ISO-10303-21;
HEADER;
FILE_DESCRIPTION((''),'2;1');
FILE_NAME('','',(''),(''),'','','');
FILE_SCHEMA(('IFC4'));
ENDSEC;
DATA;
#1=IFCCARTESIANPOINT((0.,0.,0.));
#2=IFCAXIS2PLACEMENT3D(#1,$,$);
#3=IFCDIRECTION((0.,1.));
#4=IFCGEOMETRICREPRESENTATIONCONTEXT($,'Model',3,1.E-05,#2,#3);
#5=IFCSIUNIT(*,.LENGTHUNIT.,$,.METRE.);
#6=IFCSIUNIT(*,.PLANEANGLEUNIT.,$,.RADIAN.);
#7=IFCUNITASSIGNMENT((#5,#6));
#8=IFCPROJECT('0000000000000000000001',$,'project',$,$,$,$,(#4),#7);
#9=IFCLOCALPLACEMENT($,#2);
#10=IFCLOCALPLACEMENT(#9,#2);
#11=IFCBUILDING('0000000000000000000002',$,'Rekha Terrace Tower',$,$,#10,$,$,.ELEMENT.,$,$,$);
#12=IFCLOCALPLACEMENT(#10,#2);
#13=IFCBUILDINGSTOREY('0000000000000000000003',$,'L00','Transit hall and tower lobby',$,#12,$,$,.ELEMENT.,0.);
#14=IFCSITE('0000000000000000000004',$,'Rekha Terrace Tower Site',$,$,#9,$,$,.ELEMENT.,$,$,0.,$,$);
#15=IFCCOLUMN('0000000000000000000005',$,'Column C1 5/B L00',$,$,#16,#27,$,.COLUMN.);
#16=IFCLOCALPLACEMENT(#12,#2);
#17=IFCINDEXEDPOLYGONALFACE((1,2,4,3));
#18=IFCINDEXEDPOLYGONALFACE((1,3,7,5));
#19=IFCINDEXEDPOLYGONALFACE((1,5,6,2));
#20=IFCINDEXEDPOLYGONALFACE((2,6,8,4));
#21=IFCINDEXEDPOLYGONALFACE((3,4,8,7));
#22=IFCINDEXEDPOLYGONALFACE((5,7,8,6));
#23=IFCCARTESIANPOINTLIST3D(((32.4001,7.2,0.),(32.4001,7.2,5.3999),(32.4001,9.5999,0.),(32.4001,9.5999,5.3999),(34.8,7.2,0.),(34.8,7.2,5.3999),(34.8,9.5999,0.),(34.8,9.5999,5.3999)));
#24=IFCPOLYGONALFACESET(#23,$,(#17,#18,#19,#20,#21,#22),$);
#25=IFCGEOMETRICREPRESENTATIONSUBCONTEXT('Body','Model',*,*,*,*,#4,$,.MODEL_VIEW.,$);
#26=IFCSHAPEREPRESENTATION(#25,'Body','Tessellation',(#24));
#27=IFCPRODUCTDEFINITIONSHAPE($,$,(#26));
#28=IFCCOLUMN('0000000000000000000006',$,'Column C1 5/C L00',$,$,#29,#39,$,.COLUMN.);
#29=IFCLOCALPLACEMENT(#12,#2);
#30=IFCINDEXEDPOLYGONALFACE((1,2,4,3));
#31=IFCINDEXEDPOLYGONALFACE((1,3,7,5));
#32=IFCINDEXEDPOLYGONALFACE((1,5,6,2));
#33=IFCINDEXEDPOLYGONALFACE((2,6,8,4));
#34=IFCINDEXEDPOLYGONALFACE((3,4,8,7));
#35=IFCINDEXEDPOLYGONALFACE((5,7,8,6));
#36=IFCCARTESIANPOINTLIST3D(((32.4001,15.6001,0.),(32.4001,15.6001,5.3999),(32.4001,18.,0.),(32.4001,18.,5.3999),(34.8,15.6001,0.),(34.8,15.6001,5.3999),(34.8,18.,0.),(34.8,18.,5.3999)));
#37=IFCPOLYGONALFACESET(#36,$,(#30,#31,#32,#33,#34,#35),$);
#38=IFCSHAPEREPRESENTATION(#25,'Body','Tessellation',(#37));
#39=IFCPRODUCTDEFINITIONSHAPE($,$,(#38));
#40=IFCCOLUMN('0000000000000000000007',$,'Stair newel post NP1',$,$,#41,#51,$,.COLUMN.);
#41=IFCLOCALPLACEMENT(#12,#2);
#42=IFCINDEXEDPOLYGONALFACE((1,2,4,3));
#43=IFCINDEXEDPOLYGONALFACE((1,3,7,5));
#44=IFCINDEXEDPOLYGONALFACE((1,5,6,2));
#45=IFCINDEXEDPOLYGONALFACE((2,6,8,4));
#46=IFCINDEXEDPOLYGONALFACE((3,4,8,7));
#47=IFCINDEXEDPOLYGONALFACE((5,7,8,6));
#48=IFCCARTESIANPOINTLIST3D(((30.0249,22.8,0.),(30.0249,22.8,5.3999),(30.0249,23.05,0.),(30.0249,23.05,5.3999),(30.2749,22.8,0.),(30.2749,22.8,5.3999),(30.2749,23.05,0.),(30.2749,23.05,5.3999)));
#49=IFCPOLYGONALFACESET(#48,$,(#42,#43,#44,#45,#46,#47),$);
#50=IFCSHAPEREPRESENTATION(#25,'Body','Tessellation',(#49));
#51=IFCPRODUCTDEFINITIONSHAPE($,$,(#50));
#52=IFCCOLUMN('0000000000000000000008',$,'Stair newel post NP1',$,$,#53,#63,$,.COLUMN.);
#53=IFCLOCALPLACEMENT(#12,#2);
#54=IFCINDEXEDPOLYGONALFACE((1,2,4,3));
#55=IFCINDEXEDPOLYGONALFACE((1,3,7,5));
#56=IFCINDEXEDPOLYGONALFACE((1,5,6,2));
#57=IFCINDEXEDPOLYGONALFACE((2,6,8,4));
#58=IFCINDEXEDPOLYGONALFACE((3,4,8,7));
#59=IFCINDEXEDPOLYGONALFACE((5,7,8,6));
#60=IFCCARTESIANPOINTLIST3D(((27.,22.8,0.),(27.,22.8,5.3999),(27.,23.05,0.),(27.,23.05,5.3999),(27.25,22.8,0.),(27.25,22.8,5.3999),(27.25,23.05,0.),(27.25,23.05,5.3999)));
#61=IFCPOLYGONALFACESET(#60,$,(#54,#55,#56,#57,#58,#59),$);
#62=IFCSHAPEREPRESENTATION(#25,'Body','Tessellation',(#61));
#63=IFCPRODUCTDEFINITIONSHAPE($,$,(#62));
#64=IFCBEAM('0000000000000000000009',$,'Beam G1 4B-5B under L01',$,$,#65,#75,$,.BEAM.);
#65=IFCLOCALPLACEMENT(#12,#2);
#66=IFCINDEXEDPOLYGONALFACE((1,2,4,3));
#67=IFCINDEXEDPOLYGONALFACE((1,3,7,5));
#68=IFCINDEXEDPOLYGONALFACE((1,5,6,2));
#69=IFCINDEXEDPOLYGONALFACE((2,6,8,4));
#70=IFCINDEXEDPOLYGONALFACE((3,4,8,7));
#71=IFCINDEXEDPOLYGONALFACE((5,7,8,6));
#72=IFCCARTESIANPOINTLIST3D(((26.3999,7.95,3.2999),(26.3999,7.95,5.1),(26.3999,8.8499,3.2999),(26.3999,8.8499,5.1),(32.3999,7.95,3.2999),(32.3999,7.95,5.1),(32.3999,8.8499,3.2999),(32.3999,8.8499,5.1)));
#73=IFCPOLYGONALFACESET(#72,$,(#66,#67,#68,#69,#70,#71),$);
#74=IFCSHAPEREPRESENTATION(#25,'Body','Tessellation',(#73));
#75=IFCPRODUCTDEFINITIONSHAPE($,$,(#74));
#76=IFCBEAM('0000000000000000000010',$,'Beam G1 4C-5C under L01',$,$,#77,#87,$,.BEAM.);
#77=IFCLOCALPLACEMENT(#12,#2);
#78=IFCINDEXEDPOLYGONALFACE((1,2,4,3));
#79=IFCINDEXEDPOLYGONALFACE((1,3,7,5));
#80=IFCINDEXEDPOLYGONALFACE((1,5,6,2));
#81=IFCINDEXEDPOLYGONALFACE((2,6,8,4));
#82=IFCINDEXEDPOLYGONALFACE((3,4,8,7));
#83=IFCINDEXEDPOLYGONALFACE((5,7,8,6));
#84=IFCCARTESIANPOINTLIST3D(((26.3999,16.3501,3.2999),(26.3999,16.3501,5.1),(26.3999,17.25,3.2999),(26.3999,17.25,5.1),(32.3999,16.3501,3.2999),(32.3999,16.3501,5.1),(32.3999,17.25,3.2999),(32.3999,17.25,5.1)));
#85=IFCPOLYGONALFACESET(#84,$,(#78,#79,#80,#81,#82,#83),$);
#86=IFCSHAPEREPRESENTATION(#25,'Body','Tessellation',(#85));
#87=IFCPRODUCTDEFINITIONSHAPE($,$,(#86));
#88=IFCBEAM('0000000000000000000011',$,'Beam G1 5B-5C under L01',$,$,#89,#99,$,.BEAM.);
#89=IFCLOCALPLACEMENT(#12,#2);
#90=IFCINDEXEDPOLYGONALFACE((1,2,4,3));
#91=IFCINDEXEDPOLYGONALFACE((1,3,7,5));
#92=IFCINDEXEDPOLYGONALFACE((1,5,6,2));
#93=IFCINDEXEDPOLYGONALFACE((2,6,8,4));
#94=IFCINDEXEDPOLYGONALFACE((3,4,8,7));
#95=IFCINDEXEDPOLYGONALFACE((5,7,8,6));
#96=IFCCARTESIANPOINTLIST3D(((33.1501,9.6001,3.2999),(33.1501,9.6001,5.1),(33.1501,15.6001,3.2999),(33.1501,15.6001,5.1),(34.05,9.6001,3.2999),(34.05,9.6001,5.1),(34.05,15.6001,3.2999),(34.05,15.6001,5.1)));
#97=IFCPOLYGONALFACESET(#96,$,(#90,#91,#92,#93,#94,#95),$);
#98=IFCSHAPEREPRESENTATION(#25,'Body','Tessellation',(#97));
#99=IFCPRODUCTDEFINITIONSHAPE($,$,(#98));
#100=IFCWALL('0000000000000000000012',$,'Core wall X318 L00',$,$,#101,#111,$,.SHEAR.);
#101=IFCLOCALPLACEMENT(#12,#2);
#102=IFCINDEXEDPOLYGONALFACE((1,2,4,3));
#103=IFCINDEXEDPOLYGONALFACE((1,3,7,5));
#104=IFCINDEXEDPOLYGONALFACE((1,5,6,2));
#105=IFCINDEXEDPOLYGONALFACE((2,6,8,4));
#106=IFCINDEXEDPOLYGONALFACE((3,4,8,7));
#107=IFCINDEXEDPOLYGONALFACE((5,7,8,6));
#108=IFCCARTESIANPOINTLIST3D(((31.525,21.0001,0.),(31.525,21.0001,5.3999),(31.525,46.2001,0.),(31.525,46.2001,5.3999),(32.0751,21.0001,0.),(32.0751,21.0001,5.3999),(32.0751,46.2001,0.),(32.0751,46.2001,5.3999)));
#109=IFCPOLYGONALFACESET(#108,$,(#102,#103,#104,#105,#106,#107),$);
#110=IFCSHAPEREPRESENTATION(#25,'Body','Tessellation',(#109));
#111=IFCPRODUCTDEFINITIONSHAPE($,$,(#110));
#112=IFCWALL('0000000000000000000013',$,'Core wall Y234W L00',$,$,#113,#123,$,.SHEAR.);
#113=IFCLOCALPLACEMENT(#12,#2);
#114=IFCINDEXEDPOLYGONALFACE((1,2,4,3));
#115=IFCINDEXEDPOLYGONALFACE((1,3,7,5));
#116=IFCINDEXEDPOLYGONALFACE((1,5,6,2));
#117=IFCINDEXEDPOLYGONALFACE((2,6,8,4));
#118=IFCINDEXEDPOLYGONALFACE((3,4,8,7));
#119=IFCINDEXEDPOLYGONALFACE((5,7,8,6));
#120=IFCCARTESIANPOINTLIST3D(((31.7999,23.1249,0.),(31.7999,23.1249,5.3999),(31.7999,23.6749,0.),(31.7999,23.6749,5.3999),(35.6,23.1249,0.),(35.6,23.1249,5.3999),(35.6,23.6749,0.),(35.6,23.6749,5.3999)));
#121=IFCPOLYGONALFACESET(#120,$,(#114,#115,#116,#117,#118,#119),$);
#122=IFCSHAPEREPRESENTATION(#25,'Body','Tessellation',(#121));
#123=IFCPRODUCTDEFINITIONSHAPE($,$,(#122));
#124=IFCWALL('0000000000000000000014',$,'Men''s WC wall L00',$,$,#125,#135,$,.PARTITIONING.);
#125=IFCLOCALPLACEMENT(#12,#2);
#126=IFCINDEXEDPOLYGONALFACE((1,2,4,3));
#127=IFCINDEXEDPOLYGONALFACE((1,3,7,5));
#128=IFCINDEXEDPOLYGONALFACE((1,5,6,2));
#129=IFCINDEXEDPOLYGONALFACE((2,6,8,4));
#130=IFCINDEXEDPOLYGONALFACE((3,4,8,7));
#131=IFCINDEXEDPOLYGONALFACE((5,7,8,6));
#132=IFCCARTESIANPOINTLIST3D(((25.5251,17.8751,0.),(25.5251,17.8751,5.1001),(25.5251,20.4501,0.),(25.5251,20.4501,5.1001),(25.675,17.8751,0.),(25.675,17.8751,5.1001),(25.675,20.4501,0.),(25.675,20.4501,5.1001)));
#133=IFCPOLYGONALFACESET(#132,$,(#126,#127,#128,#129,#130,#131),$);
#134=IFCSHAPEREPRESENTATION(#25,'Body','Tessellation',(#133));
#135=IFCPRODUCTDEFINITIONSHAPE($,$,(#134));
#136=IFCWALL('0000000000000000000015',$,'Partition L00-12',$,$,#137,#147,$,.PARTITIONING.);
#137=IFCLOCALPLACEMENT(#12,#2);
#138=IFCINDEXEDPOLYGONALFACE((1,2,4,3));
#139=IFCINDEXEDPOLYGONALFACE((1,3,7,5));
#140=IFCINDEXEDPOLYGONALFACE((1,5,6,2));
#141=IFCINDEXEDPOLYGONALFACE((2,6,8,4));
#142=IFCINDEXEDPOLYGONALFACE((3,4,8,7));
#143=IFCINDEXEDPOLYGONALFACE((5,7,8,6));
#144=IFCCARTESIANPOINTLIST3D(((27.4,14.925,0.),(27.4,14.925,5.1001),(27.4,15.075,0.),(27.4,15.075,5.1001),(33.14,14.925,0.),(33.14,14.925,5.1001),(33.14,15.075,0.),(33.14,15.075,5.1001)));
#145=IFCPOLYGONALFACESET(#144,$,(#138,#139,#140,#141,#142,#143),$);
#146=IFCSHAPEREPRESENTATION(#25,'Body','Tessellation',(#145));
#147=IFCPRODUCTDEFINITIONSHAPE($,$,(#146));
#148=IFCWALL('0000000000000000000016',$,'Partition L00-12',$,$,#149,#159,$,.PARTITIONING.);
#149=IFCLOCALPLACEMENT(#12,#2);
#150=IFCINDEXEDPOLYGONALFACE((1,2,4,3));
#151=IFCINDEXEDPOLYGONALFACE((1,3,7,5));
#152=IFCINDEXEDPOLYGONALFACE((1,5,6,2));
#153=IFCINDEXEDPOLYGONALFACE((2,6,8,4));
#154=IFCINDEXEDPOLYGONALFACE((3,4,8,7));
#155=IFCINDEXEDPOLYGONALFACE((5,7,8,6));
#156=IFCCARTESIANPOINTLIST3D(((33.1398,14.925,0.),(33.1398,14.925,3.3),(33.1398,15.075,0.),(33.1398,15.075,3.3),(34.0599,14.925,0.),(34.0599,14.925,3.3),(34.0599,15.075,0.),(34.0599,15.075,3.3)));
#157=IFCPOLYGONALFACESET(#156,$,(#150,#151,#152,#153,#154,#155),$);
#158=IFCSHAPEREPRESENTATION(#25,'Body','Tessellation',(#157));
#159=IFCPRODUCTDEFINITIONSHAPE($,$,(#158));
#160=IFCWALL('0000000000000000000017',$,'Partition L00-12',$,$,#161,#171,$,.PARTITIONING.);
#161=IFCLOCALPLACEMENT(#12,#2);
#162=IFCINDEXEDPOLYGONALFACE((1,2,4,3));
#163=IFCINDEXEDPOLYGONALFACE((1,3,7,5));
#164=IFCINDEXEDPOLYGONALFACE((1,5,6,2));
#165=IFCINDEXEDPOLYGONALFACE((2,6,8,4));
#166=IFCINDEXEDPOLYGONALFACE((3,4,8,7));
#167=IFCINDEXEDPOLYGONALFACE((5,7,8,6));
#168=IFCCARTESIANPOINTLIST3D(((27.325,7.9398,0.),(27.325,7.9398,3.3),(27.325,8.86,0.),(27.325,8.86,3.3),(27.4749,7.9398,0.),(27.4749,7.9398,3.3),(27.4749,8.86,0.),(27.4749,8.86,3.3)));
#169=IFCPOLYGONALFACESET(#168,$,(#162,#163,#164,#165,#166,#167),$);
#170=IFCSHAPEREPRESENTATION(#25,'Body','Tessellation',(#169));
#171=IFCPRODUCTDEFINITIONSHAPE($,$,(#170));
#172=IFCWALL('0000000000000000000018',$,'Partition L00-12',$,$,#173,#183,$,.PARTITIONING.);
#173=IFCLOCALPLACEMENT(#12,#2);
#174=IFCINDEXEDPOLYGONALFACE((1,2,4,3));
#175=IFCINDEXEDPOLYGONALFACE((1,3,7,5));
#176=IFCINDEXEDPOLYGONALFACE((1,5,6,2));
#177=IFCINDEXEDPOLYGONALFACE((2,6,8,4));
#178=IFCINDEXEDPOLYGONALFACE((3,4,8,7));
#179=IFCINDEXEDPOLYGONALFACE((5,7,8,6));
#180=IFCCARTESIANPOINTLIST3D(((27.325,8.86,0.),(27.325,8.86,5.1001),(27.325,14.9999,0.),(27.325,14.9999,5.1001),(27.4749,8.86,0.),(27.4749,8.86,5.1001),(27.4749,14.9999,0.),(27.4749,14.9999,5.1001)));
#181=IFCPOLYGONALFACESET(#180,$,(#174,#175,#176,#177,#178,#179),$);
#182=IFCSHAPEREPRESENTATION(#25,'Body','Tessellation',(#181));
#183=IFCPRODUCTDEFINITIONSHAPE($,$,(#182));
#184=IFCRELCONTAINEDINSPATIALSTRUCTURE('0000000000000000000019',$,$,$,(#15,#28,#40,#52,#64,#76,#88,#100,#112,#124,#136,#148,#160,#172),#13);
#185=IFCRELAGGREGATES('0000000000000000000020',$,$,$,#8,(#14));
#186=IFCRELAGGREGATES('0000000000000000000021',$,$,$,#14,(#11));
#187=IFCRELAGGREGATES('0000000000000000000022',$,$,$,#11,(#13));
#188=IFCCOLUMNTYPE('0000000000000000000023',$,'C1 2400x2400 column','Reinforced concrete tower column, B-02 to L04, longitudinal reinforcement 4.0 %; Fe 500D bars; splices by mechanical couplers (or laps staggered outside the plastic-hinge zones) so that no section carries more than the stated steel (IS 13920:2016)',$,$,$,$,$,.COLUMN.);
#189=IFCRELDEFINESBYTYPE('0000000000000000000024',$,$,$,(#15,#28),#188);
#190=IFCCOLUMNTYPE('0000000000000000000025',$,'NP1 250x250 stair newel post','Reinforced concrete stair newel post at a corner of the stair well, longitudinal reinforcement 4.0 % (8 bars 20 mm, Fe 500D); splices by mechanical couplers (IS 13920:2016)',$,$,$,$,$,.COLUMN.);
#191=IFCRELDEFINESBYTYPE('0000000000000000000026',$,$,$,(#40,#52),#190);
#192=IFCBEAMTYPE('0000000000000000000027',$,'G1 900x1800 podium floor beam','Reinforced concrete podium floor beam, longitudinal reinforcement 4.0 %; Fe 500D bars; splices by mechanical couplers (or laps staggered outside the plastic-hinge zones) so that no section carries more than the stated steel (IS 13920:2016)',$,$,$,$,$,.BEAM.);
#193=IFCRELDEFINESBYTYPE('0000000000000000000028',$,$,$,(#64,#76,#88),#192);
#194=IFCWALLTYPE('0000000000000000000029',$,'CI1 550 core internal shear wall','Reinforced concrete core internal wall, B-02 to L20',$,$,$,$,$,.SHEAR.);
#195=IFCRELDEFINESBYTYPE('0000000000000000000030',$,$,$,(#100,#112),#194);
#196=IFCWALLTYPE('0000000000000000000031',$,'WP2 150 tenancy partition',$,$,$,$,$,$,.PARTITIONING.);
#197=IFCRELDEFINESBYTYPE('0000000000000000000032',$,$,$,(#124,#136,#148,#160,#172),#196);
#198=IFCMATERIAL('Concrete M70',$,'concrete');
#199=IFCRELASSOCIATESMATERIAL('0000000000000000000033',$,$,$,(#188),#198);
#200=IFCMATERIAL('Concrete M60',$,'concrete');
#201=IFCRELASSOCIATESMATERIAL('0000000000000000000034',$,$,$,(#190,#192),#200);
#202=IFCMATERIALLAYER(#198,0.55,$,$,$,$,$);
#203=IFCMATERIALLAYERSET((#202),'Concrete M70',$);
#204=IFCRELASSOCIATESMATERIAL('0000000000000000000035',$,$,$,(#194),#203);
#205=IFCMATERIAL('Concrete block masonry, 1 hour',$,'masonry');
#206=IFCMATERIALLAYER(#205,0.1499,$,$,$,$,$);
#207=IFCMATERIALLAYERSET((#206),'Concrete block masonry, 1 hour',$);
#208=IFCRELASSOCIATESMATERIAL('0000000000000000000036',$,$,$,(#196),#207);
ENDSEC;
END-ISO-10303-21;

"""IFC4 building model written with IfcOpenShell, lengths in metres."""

from ifc_helpers import new_model, si_unit, direction, frame, frame_2d, origin, origin_2d, place, context, subcontext, project, spatial, rectangle, extrude, material, layer, layer_set, material_profile, profile_set, type_object, element, save


model = new_model("IFC4")

# Units and contexts
model_context = context("Model", 3, precision=1e-05, world=origin(), true_north=direction((0.0, 1.0)))
body_context = subcontext(model_context, "Body", "Model", "MODEL_VIEW")
ifc_project = project(units=[si_unit("LENGTHUNIT", "METRE"), si_unit("PLANEANGLEUNIT", "RADIAN")], contexts=[model_context])

# Site, building, storey
site_placement = place(None, origin())
site = spatial("IfcSite", under=ifc_project, at=site_placement, Name="Rekha Terrace Tower Site", CompositionType="ELEMENT", RefElevation=0.0)
building_placement = place(site_placement, origin())
building = spatial("IfcBuilding", under=site, at=building_placement, Name="Rekha Terrace Tower", CompositionType="ELEMENT")
storey_placement = place(building_placement, origin())
storey = spatial("IfcBuildingStorey", under=building, at=storey_placement, Name="L00", Description="Transit hall and tower lobby", CompositionType="ELEMENT", Elevation=0.0)

# Columns
ifc_material_1 = material(Name="Concrete M70", Category="concrete")
ifc_material_profile_1 = material_profile(ifc_material_1, rectangle(XDim=2.3999, YDim=2.3999, at=origin_2d()), Name="RC 2400x2400")
ifc_profile_set_1 = profile_set([ifc_material_profile_1], Name="Concrete M70")
column_type_1 = type_object("IfcColumnType", Name="C1 2400x2400 column", Description="Reinforced concrete tower column, B-02 to L04, longitudinal reinforcement 4.0 %; Fe 500D bars; splices by mechanical couplers (or laps staggered outside the plastic-hinge zones) so that no section carries more than the stated steel (IS 13920:2016)", PredefinedType="COLUMN", material=ifc_profile_set_1)
for number, where, z_axis, x_axis, name in (
    (1, (33.6001, 8.3999, 0.0), (0.0, 0.0, 1.0), (1.0, 0.0, 0.0), "Column C1 5/B L00"),
    (2, (33.6001, 16.8, 0.0), (0.0, 0.0, 1.0), (1.0, 0.0, 0.0), "Column C1 5/C L00"),
):
    element("IfcColumn", number, at=place(storey_placement, frame(where, z_axis=z_axis, x_axis=x_axis)), inside=storey, type_object=column_type_1, Name=name, PredefinedType="COLUMN", context=body_context, shape_type="SweptSolid", body=[
        extrude(rectangle(XDim=2.3999, YDim=2.3999, at=origin_2d()), origin(), (0.0, 0.0, 1.0), 5.3999),
    ])
ifc_material_2 = material(Name="Concrete M60", Category="concrete")
ifc_material_profile_2 = material_profile(ifc_material_2, rectangle(XDim=0.25, YDim=0.25, at=origin_2d()), Name="RC 250x250")
ifc_profile_set_2 = profile_set([ifc_material_profile_2], Name="Concrete M60")
column_type_2 = type_object("IfcColumnType", Name="NP1 250x250 stair newel post", Description="Reinforced concrete stair newel post at a corner of the stair well, longitudinal reinforcement 4.0 % (8 bars 20 mm, Fe 500D); splices by mechanical couplers (IS 13920:2016)", PredefinedType="COLUMN", material=ifc_profile_set_2)
for number, where, z_axis, x_axis, name in (
    (3, (30.1499, 22.925, 0.0), (0.0, 0.0, 1.0), (1.0, 0.0, 0.0), "Stair newel post NP1"),
    (4, (27.125, 22.925, 0.0), (0.0, 0.0, 1.0), (1.0, 0.0, 0.0), "Stair newel post NP1"),
):
    element("IfcColumn", number, at=place(storey_placement, frame(where, z_axis=z_axis, x_axis=x_axis)), inside=storey, type_object=column_type_2, Name=name, PredefinedType="COLUMN", context=body_context, shape_type="SweptSolid", body=[
        extrude(rectangle(XDim=0.25, YDim=0.25, at=origin_2d()), origin(), (0.0, 0.0, 1.0), 5.3999),
    ])

# Beams
ifc_material_profile_3 = material_profile(ifc_material_2, rectangle(XDim=0.8999, YDim=1.8, at=origin_2d()), Name="RC 900x1800")
ifc_profile_set_3 = profile_set([ifc_material_profile_3], Name="Concrete M60")
beam_type = type_object("IfcBeamType", Name="G1 900x1800 podium floor beam", Description="Reinforced concrete podium floor beam, longitudinal reinforcement 4.0 %; Fe 500D bars; splices by mechanical couplers (or laps staggered outside the plastic-hinge zones) so that no section carries more than the stated steel (IS 13920:2016)", PredefinedType="BEAM", material=ifc_profile_set_3)
for number, where, z_axis, x_axis, name in (
    (5, (26.3999, 8.3999, 4.2), (1.0, 0.0, 0.0), (0.0, 1.0, 0.0), "Beam G1 4B-5B under L01"),
    (6, (26.3999, 16.8, 4.2), (1.0, 0.0, 0.0), (0.0, 1.0, 0.0), "Beam G1 4C-5C under L01"),
    (7, (33.6001, 9.6001, 4.2), (0.0, 1.0, 0.0), (-1.0, 0.0, 0.0), "Beam G1 5B-5C under L01"),
):
    element("IfcBeam", number, at=place(storey_placement, frame(where, z_axis=z_axis, x_axis=x_axis)), inside=storey, type_object=beam_type, Name=name, PredefinedType="BEAM", context=body_context, shape_type="SweptSolid", body=[
        extrude(rectangle(XDim=0.8999, YDim=1.8, at=origin_2d()), origin(), (0.0, 0.0, 1.0), 6.0),
    ])

# Walls
ifc_layer_1 = layer(ifc_material_1, 0.55)
ifc_layer_set_1 = layer_set([ifc_layer_1], Name="Concrete M70")
wall_type_1 = type_object("IfcWallType", Name="CI1 550 core internal shear wall", Description="Reinforced concrete core internal wall, B-02 to L20", PredefinedType="SHEAR", material=ifc_layer_set_1)
wall_1_placement = place(storey_placement, frame((31.8, 21.0, 0.0), z_axis=(0.0, 0.0, 1.0), x_axis=(0.0, 1.0, 0.0)))
element("IfcWall", 8, at=wall_1_placement, inside=storey, type_object=wall_type_1, Name="Core wall X318 L00", PredefinedType="SHEAR", context=body_context, shape_type="SweptSolid", body=[
    extrude(rectangle(XDim=25.2, YDim=0.55, at=frame_2d((12.6001, 0.0))), origin(), (0.0, 0.0, 1.0), 5.3999),
])
wall_2_placement = place(storey_placement, frame((31.8, 23.3999, 0.0), z_axis=(0.0, 0.0, 1.0), x_axis=(1.0, 0.0, 0.0)))
element("IfcWall", 9, at=wall_2_placement, inside=storey, type_object=wall_type_1, Name="Core wall Y234W L00", PredefinedType="SHEAR", context=body_context, shape_type="SweptSolid", body=[
    extrude(rectangle(XDim=3.8, YDim=0.55, at=frame_2d((1.8999, 0.0))), origin(), (0.0, 0.0, 1.0), 5.3999),
])
ifc_material_3 = material(Name="Concrete block masonry, 1 hour", Category="masonry")
ifc_layer_2 = layer(ifc_material_3, 0.1499)
ifc_layer_set_2 = layer_set([ifc_layer_2], Name="Concrete block masonry, 1 hour")
wall_type_2 = type_object("IfcWallType", Name="WP2 150 tenancy partition", PredefinedType="PARTITIONING", material=ifc_layer_set_2)
wall_3_placement = place(storey_placement, frame((25.6001, 17.875, 0.0), z_axis=(0.0, 0.0, 1.0), x_axis=(0.0, 1.0, 0.0)))
element("IfcWall", 10, at=wall_3_placement, inside=storey, type_object=wall_type_2, Name="Men's WC wall L00", PredefinedType="PARTITIONING", context=body_context, shape_type="SweptSolid", body=[
    extrude(rectangle(XDim=2.575, YDim=0.1499, at=frame_2d((1.2876, 0.0))), origin(), (0.0, 0.0, 1.0), 5.1001),
])
wall_4_placement = place(storey_placement, frame((27.3999, 15.0, 0.0), z_axis=(0.0, 0.0, 1.0), x_axis=(1.0, 0.0, 0.0)))
element("IfcWall", 11, at=wall_4_placement, inside=storey, type_object=wall_type_2, Name="Partition L00-12", PredefinedType="PARTITIONING", context=body_context, shape_type="SweptSolid", body=[
    extrude(rectangle(XDim=5.74, YDim=0.1499, at=frame_2d((2.8701, 0.0))), origin(), (0.0, 0.0, 1.0), 5.1001),
])
for number, where, z_axis, x_axis, name in (
    (12, (33.1399, 15.0, 0.0), (0.0, 0.0, 1.0), (1.0, 0.0, 0.0), "Partition L00-12"),
    (13, (27.3999, 7.9399, 0.0), (0.0, 0.0, 1.0), (0.0, 1.0, 0.0), "Partition L00-12"),
):
    element("IfcWall", number, at=place(storey_placement, frame(where, z_axis=z_axis, x_axis=x_axis)), inside=storey, type_object=wall_type_2, Name=name, PredefinedType="PARTITIONING", context=body_context, shape_type="SweptSolid", body=[
        extrude(rectangle(XDim=0.9202, YDim=0.1499, at=frame_2d((0.46, 0.0))), origin(), (0.0, 0.0, 1.0), 3.3),
    ])
wall_5_placement = place(storey_placement, frame((27.3999, 8.8601, 0.0), z_axis=(0.0, 0.0, 1.0), x_axis=(0.0, 1.0, 0.0)))
element("IfcWall", 14, at=wall_5_placement, inside=storey, type_object=wall_type_2, Name="Partition L00-12", PredefinedType="PARTITIONING", context=body_context, shape_type="SweptSolid", body=[
    extrude(rectangle(XDim=6.1399, YDim=0.1499, at=frame_2d((3.0698, 0.0))), origin(), (0.0, 0.0, 1.0), 5.1001),
])

save(model, "model.ifc")
